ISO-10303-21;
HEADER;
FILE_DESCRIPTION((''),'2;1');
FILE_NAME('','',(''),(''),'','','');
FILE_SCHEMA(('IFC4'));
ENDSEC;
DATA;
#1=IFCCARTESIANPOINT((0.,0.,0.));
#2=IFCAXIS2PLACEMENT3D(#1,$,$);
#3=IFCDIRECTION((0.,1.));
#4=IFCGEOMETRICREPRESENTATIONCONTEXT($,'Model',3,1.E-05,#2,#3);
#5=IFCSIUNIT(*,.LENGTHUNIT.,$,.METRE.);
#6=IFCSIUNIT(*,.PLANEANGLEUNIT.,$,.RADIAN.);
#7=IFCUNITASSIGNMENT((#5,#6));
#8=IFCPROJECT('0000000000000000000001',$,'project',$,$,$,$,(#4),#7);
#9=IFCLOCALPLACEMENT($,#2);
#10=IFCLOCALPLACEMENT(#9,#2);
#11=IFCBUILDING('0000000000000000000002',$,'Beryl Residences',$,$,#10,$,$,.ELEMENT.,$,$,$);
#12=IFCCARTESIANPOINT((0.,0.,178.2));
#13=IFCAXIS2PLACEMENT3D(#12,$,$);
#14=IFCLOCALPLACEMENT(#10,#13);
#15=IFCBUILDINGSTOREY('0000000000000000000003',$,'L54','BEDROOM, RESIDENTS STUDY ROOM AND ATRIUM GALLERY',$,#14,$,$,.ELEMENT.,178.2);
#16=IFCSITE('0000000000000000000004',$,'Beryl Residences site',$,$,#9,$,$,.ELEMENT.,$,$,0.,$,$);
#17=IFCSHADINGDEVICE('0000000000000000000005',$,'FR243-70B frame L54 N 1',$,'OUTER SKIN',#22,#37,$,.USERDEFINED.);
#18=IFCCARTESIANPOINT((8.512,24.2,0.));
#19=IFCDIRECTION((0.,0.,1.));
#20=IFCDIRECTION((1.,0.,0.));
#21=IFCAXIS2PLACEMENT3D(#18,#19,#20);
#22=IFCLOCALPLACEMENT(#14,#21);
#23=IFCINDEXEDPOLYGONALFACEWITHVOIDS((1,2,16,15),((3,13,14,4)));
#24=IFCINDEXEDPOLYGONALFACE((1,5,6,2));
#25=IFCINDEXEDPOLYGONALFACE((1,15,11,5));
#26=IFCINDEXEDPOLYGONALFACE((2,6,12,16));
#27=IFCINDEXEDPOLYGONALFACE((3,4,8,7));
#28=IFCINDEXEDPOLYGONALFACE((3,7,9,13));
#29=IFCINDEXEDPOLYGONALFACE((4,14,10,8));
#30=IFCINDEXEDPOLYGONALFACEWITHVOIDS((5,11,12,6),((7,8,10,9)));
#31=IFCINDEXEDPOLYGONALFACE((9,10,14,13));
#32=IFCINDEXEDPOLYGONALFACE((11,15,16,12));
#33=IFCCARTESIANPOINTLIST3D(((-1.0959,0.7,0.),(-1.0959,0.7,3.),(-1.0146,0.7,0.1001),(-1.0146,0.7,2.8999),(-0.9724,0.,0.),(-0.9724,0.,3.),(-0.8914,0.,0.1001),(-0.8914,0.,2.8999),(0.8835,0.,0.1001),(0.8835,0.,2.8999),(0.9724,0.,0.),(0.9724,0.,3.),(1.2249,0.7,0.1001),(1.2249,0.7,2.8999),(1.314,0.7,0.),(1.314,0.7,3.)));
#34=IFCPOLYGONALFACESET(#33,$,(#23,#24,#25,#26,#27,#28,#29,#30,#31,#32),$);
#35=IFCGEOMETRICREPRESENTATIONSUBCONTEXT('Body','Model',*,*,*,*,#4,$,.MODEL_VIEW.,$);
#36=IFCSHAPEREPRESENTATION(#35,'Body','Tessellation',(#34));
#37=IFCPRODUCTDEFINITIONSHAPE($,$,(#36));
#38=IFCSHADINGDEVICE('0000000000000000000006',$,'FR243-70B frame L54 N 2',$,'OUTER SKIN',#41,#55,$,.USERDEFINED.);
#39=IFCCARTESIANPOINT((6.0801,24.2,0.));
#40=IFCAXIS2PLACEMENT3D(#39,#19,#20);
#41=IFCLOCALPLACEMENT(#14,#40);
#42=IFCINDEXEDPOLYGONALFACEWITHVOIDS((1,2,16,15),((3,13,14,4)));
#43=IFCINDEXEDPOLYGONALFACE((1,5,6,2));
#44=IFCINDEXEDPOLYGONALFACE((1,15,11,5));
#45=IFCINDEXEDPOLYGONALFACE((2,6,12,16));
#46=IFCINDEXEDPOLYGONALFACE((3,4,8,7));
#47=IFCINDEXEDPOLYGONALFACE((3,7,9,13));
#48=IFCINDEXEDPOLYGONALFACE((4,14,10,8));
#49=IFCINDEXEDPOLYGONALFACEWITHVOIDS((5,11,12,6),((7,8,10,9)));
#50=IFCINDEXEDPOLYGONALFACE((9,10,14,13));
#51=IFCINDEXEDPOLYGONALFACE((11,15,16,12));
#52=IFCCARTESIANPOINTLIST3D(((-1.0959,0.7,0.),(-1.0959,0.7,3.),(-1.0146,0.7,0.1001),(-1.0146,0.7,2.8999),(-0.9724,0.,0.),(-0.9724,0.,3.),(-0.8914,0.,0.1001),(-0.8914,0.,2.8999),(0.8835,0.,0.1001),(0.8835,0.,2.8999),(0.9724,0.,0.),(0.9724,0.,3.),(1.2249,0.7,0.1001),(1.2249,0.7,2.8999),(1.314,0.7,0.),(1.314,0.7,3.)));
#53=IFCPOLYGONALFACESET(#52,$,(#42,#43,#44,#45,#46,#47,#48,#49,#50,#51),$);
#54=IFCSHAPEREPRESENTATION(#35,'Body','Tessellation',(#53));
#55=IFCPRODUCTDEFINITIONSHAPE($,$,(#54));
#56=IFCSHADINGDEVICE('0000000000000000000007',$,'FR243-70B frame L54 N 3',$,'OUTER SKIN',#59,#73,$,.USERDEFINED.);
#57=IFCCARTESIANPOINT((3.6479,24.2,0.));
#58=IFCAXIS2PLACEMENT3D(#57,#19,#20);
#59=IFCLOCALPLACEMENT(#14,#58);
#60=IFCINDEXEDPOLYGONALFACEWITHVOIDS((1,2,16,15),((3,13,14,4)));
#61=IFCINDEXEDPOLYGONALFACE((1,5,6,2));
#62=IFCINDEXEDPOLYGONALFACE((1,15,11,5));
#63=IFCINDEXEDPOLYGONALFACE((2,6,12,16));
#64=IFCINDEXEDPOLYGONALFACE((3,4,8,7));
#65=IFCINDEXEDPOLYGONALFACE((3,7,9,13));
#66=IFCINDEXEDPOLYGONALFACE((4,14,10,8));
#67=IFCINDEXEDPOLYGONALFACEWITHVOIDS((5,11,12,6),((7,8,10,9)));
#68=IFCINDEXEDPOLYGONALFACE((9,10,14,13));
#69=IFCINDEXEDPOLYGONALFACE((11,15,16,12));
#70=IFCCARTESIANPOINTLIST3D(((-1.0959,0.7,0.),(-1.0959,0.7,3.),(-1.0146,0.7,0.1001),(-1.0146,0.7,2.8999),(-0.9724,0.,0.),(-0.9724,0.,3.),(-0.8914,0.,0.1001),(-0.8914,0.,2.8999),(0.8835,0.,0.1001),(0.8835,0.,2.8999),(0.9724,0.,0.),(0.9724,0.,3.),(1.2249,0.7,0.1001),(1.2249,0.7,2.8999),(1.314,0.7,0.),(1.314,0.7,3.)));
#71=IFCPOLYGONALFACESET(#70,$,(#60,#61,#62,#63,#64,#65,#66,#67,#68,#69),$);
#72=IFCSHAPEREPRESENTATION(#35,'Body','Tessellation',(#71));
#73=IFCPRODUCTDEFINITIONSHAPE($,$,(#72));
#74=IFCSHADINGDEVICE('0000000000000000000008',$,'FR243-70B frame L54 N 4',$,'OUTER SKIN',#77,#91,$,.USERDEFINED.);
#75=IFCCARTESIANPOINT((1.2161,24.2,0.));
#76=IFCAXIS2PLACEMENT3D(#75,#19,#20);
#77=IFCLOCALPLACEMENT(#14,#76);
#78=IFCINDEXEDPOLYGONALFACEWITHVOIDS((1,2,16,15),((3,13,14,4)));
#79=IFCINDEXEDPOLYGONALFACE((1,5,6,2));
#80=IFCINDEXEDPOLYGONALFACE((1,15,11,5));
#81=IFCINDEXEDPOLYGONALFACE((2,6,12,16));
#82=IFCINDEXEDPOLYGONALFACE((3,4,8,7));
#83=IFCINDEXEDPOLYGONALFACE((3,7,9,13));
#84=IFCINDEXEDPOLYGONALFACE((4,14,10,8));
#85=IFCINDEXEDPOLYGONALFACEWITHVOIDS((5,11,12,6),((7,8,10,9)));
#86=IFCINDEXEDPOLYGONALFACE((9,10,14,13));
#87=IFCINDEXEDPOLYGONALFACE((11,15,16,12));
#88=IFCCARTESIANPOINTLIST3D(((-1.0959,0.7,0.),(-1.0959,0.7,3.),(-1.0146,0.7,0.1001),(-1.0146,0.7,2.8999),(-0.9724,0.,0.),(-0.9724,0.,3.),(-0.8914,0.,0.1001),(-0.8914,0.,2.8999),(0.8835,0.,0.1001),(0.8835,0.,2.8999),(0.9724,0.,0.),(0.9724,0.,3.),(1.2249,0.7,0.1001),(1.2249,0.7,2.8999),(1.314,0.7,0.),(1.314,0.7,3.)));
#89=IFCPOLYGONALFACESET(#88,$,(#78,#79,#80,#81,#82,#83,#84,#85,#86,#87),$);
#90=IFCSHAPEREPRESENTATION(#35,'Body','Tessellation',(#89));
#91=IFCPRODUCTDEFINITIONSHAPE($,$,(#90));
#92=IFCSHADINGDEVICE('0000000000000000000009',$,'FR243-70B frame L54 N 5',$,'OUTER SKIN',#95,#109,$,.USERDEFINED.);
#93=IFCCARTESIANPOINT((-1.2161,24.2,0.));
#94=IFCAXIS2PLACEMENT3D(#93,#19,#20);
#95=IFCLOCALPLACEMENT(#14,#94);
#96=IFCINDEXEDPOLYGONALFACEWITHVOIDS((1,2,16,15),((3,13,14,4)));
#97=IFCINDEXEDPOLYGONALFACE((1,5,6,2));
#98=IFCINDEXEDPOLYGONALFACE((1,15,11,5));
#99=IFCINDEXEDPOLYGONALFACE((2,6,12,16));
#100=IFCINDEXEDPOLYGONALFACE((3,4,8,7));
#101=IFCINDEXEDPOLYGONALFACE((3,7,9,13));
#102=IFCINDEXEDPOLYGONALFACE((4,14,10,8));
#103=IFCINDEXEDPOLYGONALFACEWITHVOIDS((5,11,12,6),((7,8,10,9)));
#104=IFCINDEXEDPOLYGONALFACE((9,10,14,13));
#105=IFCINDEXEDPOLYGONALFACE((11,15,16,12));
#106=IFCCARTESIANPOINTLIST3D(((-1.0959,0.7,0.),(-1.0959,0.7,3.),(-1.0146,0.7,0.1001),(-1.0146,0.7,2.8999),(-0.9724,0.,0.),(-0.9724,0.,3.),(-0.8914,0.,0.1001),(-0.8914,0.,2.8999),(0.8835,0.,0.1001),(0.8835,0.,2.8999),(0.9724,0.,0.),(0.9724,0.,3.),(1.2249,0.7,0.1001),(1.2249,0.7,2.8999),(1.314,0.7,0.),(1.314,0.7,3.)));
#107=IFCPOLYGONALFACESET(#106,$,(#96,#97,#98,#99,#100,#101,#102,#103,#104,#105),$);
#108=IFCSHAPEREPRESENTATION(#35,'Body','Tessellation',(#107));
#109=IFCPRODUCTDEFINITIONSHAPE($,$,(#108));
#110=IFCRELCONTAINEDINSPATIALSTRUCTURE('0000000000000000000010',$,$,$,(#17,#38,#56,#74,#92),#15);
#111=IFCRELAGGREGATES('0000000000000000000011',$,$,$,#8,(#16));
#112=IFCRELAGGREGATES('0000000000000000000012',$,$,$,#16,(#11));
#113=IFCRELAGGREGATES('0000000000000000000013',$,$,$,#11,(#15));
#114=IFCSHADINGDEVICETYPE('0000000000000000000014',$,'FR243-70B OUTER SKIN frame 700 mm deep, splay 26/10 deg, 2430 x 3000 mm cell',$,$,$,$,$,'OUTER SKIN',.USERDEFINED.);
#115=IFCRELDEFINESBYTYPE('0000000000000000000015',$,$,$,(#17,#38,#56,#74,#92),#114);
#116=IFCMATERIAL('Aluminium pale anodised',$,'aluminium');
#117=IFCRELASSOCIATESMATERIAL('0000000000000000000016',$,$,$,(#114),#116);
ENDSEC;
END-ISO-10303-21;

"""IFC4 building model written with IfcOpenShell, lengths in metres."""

from ifc_helpers import new_model, entity, si_unit, direction, frame, origin, place, context, subcontext, project, spatial, source, transform, mapped, material, type_object, type_shapes, element, save


model = new_model("IFC4")

# Units and contexts
model_context = context("Model", 3, precision=1e-05, world=origin(), true_north=direction((0.0, 1.0)))
body_context = subcontext(model_context, "Body", "Model", "MODEL_VIEW")
ifc_project = project(units=[si_unit("LENGTHUNIT", "METRE"), si_unit("PLANEANGLEUNIT", "RADIAN")], contexts=[model_context])

# Site, building, storey
site_placement = place(None, origin())
site = spatial("IfcSite", under=ifc_project, at=site_placement, Name="Beryl Residences site", CompositionType="ELEMENT", RefElevation=0.0)
building_placement = place(site_placement, origin())
building = spatial("IfcBuilding", under=site, at=building_placement, Name="Beryl Residences", CompositionType="ELEMENT")
storey_placement = place(building_placement, frame((0.0, 0.0, 178.2)))
storey = spatial("IfcBuildingStorey", under=building, at=storey_placement, Name="L54", Description="BEDROOM, RESIDENTS STUDY ROOM AND ATRIUM GALLERY", CompositionType="ELEMENT", Elevation=178.2)

# Shading devices
ifc_material_1 = material(Name="Aluminium pale anodised", Category="aluminium")
shading_device_type = type_object("IfcShadingDeviceType", Name="FR243-70B OUTER SKIN frame 700 mm deep, splay 26/10 deg, 2430 x 3000 mm cell", ElementType="OUTER SKIN", PredefinedType="USERDEFINED", material=ifc_material_1)
cartesian_point_1 = entity("IfcCartesianPoint", [-0.9724, 0.0])
cartesian_point_2 = entity("IfcCartesianPoint", [-0.8835, 0.1001])
cartesian_point_3 = entity("IfcCartesianPoint", [-1.314, 0.0])
cartesian_point_4 = entity("IfcCartesianPoint", [-1.2249, 0.1001])
shared_shape_1 = source(origin(), body_context, "Body", "SweptSolid", [
    entity("IfcExtrudedAreaSolidTapered", entity("IfcArbitraryProfileDefWithVoids", "AREA", None, entity("IfcPolyline", [cartesian_point_1, entity("IfcCartesianPoint", [0.9724, 0.0]), entity("IfcCartesianPoint", [0.9724, 3.0]), entity("IfcCartesianPoint", [-0.9724, 3.0]), cartesian_point_1]), [entity("IfcPolyline", [cartesian_point_2, entity("IfcCartesianPoint", [0.8914, 0.1001]), entity("IfcCartesianPoint", [0.8914, 2.8999]), entity("IfcCartesianPoint", [-0.8835, 2.8999]), cartesian_point_2])]), entity("IfcAxis2Placement3D", entity("IfcCartesianPoint", [0.0, 0.0, 0.0]), entity("IfcDirection", [0.0, 1.0, 0.0]), entity("IfcDirection", [-1.0, 0.0, 0.0])), entity("IfcDirection", [0.0, 0.0, 1.0]), 0.7, entity("IfcArbitraryProfileDefWithVoids", "AREA", None, entity("IfcPolyline", [cartesian_point_3, entity("IfcCartesianPoint", [1.0959, 0.0]), entity("IfcCartesianPoint", [1.0959, 3.0]), entity("IfcCartesianPoint", [-1.314, 3.0]), cartesian_point_3]), [entity("IfcPolyline", [cartesian_point_4, entity("IfcCartesianPoint", [1.0146, 0.1001]), entity("IfcCartesianPoint", [1.0146, 2.8999]), entity("IfcCartesianPoint", [-1.2249, 2.8999]), cartesian_point_4])])),
])
type_shapes(shading_device_type, [shared_shape_1])
for number, where, z_axis, x_axis, name in (
    (1, (8.512, 24.2, 0.0), (0.0, 0.0, 1.0), (1.0, 0.0, 0.0), "FR243-70B frame L54 N 1"),
    (2, (6.0801, 24.2, 0.0), (0.0, 0.0, 1.0), (1.0, 0.0, 0.0), "FR243-70B frame L54 N 2"),
    (3, (3.6479, 24.2, 0.0), (0.0, 0.0, 1.0), (1.0, 0.0, 0.0), "FR243-70B frame L54 N 3"),
    (4, (1.2161, 24.2, 0.0), (0.0, 0.0, 1.0), (1.0, 0.0, 0.0), "FR243-70B frame L54 N 4"),
    (5, (-1.2161, 24.2, 0.0), (0.0, 0.0, 1.0), (1.0, 0.0, 0.0), "FR243-70B frame L54 N 5"),
):
    element("IfcShadingDevice", number, at=place(storey_placement, frame(where, z_axis=z_axis, x_axis=x_axis)), inside=storey, type_object=shading_device_type, Name=name, ObjectType="OUTER SKIN", PredefinedType="USERDEFINED", context=body_context, shape_type="MappedRepresentation", body=[
        mapped(shared_shape_1, transform((0.0, 0.0, 0.0))),
    ])

save(model, "model.ifc")
